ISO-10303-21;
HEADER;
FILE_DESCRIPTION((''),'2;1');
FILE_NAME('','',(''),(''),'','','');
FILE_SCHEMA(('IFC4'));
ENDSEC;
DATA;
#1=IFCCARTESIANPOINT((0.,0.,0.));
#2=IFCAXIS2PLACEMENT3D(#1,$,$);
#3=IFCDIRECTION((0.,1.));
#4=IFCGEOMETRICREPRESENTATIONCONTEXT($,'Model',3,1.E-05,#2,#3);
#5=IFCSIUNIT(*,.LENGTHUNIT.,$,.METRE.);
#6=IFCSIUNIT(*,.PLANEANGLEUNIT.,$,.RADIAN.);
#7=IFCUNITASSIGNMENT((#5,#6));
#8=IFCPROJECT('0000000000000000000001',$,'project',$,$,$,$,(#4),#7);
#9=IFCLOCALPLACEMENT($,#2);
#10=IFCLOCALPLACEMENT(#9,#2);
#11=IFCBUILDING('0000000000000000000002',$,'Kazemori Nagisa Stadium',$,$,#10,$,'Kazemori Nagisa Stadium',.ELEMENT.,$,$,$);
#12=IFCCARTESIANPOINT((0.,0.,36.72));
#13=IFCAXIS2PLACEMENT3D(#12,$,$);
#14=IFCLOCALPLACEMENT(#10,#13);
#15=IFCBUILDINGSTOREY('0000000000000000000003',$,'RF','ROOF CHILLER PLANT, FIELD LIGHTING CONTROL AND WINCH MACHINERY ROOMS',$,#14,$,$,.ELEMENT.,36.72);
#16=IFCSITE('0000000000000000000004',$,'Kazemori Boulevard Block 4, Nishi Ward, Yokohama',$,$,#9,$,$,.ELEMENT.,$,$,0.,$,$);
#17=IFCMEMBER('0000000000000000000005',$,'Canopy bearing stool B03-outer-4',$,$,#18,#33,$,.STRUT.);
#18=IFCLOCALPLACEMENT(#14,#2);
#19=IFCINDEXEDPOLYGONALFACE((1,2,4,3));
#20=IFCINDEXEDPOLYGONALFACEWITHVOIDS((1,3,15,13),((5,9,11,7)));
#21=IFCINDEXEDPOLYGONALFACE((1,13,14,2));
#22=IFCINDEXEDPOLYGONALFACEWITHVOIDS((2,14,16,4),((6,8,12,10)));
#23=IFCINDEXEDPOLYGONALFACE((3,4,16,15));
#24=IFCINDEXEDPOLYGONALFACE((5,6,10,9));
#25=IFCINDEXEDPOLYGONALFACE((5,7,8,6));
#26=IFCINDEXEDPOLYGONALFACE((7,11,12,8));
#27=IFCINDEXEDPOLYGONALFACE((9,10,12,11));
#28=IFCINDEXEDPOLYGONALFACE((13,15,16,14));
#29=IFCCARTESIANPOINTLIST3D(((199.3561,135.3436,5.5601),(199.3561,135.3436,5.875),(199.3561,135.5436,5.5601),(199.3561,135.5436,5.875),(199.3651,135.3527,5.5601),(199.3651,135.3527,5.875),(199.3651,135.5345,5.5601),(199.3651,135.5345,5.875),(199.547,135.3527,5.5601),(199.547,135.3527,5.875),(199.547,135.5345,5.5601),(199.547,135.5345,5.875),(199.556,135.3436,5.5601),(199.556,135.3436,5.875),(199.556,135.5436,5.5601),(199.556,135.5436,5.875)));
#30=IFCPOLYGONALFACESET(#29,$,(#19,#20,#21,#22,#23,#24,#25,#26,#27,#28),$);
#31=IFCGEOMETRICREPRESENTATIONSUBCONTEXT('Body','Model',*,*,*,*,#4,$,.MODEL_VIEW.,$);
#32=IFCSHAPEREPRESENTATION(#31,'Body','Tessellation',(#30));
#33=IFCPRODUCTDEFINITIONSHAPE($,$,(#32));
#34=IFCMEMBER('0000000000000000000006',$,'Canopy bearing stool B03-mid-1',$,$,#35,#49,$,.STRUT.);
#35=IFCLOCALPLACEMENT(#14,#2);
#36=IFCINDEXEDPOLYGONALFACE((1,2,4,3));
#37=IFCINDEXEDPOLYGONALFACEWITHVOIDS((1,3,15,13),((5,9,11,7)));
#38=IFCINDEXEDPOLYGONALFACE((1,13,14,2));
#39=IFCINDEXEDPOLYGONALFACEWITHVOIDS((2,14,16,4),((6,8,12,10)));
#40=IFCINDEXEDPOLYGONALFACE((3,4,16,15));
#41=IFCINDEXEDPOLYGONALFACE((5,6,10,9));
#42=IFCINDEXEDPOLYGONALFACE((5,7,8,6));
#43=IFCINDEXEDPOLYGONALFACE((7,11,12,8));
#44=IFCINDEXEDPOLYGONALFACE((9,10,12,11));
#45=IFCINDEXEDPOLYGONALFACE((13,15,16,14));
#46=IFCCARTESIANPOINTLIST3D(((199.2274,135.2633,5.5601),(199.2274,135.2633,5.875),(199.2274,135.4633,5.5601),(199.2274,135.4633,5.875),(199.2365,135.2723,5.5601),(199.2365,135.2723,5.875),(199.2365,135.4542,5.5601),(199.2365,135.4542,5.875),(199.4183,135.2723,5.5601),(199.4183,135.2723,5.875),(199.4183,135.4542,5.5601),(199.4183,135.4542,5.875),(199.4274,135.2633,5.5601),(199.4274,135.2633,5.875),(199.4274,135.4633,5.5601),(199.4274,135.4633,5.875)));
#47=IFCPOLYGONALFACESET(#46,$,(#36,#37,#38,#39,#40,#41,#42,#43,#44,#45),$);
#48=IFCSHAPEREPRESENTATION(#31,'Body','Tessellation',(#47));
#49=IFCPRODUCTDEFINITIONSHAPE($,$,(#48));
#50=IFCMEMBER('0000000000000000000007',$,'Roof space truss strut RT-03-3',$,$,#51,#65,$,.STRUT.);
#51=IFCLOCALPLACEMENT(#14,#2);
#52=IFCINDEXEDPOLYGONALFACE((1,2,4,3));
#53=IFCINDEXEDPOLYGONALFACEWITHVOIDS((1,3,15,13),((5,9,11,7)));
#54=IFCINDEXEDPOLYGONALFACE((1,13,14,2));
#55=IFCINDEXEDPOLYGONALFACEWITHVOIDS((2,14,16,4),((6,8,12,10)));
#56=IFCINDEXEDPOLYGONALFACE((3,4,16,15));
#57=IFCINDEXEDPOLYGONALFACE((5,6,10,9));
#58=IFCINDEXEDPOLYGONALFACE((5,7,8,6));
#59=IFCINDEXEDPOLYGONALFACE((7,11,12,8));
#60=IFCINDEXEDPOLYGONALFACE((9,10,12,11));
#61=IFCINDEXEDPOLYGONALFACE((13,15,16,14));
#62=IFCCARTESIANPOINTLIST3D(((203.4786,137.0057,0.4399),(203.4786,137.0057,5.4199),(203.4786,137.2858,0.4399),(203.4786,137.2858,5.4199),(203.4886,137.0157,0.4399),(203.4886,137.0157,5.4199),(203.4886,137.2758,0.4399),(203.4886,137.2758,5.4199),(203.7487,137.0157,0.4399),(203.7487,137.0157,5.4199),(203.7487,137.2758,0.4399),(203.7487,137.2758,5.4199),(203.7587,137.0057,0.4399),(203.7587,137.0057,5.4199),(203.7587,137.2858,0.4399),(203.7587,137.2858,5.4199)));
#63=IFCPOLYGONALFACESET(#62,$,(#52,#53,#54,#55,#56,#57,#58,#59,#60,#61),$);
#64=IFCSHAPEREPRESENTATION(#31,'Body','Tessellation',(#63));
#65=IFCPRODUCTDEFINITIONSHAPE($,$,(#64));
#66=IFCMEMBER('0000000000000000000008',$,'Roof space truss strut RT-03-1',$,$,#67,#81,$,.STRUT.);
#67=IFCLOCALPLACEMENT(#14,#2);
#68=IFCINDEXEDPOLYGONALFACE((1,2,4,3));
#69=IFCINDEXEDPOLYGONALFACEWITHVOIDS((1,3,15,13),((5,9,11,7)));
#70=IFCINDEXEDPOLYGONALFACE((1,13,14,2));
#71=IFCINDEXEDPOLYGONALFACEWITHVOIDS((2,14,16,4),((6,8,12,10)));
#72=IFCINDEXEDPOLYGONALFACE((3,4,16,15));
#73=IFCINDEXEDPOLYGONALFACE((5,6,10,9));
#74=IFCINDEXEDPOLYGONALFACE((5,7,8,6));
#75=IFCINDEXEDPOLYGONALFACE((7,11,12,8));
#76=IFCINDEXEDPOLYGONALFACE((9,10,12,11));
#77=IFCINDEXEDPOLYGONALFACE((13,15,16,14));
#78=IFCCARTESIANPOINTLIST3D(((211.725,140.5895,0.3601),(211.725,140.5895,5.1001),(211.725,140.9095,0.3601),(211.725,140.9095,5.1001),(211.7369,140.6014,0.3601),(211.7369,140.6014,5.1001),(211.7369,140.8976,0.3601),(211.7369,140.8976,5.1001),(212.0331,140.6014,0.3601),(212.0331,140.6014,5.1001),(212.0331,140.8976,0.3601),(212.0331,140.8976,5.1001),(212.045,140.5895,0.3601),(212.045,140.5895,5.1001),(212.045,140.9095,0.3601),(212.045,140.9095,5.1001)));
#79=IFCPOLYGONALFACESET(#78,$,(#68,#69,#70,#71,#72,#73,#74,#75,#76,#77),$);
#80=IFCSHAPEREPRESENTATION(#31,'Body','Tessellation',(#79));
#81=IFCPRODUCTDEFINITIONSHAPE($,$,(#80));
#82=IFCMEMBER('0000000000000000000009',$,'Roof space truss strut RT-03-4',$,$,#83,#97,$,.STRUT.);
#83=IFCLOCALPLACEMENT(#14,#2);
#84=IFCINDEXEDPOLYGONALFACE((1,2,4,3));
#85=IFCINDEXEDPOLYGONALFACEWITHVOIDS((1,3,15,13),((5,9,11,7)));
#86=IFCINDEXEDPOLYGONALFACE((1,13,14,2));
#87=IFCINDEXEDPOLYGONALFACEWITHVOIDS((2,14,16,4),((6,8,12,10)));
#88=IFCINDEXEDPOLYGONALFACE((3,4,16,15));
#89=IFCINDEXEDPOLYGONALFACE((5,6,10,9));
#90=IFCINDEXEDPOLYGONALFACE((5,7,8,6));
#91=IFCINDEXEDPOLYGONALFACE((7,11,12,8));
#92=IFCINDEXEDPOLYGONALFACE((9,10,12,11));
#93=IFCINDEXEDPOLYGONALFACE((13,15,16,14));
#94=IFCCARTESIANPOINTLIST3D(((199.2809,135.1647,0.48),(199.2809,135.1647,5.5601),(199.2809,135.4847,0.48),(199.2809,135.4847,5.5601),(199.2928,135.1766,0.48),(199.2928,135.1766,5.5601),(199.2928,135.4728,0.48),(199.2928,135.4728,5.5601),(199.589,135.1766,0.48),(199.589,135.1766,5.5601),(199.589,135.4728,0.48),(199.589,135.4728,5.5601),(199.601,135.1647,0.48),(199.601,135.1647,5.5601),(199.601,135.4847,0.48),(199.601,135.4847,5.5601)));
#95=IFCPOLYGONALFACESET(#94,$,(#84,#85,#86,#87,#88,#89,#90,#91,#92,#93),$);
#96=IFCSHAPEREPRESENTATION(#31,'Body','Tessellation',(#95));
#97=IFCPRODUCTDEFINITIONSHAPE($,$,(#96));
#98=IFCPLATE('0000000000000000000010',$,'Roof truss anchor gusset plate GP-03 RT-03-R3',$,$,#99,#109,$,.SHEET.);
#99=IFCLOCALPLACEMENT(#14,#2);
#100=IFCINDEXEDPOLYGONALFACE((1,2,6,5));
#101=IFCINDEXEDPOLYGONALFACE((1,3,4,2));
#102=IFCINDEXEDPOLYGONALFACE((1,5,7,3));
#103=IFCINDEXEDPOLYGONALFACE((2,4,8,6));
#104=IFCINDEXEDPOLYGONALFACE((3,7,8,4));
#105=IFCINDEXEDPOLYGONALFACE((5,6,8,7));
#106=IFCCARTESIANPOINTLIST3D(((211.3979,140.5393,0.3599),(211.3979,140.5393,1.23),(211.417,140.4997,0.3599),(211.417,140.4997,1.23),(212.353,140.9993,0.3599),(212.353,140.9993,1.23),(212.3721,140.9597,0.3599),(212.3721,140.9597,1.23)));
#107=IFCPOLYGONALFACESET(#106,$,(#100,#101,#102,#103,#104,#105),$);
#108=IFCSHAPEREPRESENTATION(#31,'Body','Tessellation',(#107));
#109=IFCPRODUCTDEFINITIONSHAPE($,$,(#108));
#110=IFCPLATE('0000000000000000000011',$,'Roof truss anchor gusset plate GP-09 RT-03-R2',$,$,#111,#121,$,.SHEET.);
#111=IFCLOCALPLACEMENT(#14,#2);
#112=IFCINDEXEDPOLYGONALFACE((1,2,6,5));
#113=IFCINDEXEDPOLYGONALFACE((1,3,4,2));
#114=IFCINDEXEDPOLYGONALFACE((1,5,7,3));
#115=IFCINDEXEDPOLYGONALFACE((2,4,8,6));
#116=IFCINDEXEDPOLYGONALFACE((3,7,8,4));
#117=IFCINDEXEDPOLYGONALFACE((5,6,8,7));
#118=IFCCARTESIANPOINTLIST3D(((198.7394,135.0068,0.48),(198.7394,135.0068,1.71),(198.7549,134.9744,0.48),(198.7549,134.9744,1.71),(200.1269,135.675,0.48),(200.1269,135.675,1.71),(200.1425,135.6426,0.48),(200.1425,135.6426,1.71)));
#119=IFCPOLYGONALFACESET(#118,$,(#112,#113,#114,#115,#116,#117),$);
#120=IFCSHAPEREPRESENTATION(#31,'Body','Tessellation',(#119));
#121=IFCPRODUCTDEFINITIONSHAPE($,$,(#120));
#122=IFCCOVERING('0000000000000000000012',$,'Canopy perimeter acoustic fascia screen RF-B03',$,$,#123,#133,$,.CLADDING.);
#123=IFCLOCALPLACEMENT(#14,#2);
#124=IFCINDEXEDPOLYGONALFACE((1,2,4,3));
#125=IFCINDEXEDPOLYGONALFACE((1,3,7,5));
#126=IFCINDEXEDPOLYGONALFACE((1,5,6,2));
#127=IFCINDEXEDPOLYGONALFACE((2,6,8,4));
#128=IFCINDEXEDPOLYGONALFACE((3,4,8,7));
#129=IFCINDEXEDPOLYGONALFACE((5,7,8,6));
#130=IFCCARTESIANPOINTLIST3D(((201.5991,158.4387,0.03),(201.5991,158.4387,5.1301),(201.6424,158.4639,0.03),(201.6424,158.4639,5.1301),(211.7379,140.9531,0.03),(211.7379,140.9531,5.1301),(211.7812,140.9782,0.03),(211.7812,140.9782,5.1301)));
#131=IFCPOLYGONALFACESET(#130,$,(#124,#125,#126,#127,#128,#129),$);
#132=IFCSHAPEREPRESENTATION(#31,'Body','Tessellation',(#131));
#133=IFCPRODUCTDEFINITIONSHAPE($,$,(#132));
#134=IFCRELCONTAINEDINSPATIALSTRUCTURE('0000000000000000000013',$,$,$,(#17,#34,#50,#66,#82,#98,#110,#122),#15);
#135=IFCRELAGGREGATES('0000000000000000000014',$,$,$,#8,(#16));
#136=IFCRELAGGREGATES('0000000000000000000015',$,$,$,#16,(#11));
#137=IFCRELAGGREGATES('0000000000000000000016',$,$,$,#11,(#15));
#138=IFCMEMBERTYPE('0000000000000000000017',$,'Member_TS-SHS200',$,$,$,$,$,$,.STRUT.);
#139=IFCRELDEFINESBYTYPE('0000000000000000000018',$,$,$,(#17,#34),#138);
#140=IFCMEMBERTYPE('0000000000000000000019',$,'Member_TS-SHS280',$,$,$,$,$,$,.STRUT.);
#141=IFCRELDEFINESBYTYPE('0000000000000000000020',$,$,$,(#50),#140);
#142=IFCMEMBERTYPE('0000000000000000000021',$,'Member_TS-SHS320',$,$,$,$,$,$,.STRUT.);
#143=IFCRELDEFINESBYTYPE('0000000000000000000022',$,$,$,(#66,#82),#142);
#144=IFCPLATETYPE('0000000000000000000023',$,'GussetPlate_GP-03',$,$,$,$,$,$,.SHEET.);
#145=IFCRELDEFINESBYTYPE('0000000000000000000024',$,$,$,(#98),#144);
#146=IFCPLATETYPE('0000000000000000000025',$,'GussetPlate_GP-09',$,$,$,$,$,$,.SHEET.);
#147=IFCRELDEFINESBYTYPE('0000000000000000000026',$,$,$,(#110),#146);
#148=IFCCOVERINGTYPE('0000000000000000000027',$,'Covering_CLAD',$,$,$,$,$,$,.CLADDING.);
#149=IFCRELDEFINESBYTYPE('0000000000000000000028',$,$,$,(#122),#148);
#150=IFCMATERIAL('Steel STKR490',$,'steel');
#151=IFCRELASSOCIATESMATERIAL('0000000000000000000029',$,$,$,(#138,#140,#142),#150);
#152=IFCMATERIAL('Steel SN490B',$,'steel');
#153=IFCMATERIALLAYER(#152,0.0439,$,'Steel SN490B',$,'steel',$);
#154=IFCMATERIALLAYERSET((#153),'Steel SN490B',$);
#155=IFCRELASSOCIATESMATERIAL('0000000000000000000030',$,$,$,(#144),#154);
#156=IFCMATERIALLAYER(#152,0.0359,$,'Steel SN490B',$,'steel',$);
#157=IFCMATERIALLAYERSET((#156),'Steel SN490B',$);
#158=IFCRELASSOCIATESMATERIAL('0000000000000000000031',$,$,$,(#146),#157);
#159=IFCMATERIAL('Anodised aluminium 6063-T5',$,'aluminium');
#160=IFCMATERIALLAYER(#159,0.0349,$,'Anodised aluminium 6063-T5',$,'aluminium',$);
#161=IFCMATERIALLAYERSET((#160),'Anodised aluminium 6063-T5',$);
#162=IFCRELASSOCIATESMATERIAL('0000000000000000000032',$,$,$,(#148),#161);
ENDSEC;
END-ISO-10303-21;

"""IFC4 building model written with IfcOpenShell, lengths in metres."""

from ifc_helpers import new_model, si_unit, direction, frame, origin, origin_2d, place, context, subcontext, project, spatial, rectangle, hollow_rectangle, extrude, material, layer, layer_set, material_profile, profile_set, type_object, element, save


model = new_model("IFC4")

# Units and contexts
model_context = context("Model", 3, precision=1e-05, world=origin(), true_north=direction((0.0, 1.0)))
body_context = subcontext(model_context, "Body", "Model", "MODEL_VIEW")
ifc_project = project(units=[si_unit("LENGTHUNIT", "METRE"), si_unit("PLANEANGLEUNIT", "RADIAN")], contexts=[model_context])

# Site, building, storey
site_placement = place(None, origin())
site = spatial("IfcSite", under=ifc_project, at=site_placement, Name="Kazemori Boulevard Block 4, Nishi Ward, Yokohama", CompositionType="ELEMENT", RefElevation=0.0)
building_placement = place(site_placement, origin())
building = spatial("IfcBuilding", under=site, at=building_placement, Name="Kazemori Nagisa Stadium", LongName="Kazemori Nagisa Stadium", CompositionType="ELEMENT")
storey_placement = place(building_placement, frame((0.0, 0.0, 36.72)))
storey = spatial("IfcBuildingStorey", under=building, at=storey_placement, Name="RF", Description="ROOF CHILLER PLANT, FIELD LIGHTING CONTROL AND WINCH MACHINERY ROOMS", CompositionType="ELEMENT", Elevation=36.72)

# Shared definitions
ifc_material_1 = material(Name="Steel SN490B", Category="steel")

# Members
ifc_material_2 = material(Name="Steel STKR490", Category="steel")
ifc_material_profile_1 = material_profile(ifc_material_2, hollow_rectangle(XDim=0.2, YDim=0.2, WallThickness=0.009, at=origin_2d()), Name="SHS-200x200x9")
ifc_profile_set_1 = profile_set([ifc_material_profile_1], Name="Steel STKR490")
member_type_1 = type_object("IfcMemberType", Name="Member_TS-SHS200", PredefinedType="STRUT", material=ifc_profile_set_1)
for number, where, z_axis, x_axis, name in (
    (1, (199.4561, 135.4436, 5.5601), (0.0, 0.0, 1.0), (1.0, 0.0, 0.0), "Canopy bearing stool B03-outer-4"),
    (2, (199.3274, 135.3633, 5.5601), (0.0, 0.0, 1.0), (1.0, 0.0, 0.0), "Canopy bearing stool B03-mid-1"),
):
    element("IfcMember", number, at=place(storey_placement, frame(where, z_axis=z_axis, x_axis=x_axis)), inside=storey, type_object=member_type_1, Name=name, PredefinedType="STRUT", context=body_context, shape_type="SweptSolid", body=[
        extrude(hollow_rectangle(XDim=0.2, YDim=0.2, WallThickness=0.009, at=origin_2d()), origin(), (0.0, 0.0, 1.0), 0.3149),
    ])
ifc_material_profile_2 = material_profile(ifc_material_2, hollow_rectangle(XDim=0.28, YDim=0.28, WallThickness=0.01, at=origin_2d()), Name="SHS-280x280x10")
ifc_profile_set_2 = profile_set([ifc_material_profile_2], Name="Steel STKR490")
member_type_2 = type_object("IfcMemberType", Name="Member_TS-SHS280", PredefinedType="STRUT", material=ifc_profile_set_2)
member_1_placement = place(storey_placement, frame((203.6187, 137.1458, 0.4399), z_axis=(0.0, 0.0, 1.0), x_axis=(1.0, 0.0, 0.0)))
element("IfcMember", 3, at=member_1_placement, inside=storey, type_object=member_type_2, Name="Roof space truss strut RT-03-3", PredefinedType="STRUT", context=body_context, shape_type="SweptSolid", body=[
    extrude(hollow_rectangle(XDim=0.28, YDim=0.28, WallThickness=0.01, at=origin_2d()), origin(), (0.0, 0.0, 1.0), 4.98),
])
ifc_material_profile_3 = material_profile(ifc_material_2, hollow_rectangle(XDim=0.3201, YDim=0.3201, WallThickness=0.012, at=origin_2d()), Name="SHS-320x320x12")
ifc_profile_set_3 = profile_set([ifc_material_profile_3], Name="Steel STKR490")
member_type_3 = type_object("IfcMemberType", Name="Member_TS-SHS320", PredefinedType="STRUT", material=ifc_profile_set_3)
member_2_placement = place(storey_placement, frame((211.885, 140.7495, 0.3601), z_axis=(0.0, 0.0, 1.0), x_axis=(1.0, 0.0, 0.0)))
element("IfcMember", 4, at=member_2_placement, inside=storey, type_object=member_type_3, Name="Roof space truss strut RT-03-1", PredefinedType="STRUT", context=body_context, shape_type="SweptSolid", body=[
    extrude(hollow_rectangle(XDim=0.3201, YDim=0.3201, WallThickness=0.012, at=origin_2d()), origin(), (0.0, 0.0, 1.0), 4.74),
])
member_3_placement = place(storey_placement, frame((199.4409, 135.3247, 0.48), z_axis=(0.0, 0.0, 1.0), x_axis=(1.0, 0.0, 0.0)))
element("IfcMember", 5, at=member_3_placement, inside=storey, type_object=member_type_3, Name="Roof space truss strut RT-03-4", PredefinedType="STRUT", context=body_context, shape_type="SweptSolid", body=[
    extrude(hollow_rectangle(XDim=0.3201, YDim=0.3201, WallThickness=0.012, at=origin_2d()), origin(), (0.0, 0.0, 1.0), 5.0801),
])

# Plates
ifc_layer_1 = layer(ifc_material_1, 0.0439, Name="Steel SN490B", Category="steel")
ifc_layer_set_1 = layer_set([ifc_layer_1], Name="Steel SN490B")
plate_type_1 = type_object("IfcPlateType", Name="GussetPlate_GP-03", PredefinedType="SHEET", material=ifc_layer_set_1)
plate_1_placement = place(storey_placement, frame((211.885, 140.7495, 0.3599), z_axis=(0.0, 0.0, 1.0), x_axis=(0.900969, 0.433884, 0.0)))
element("IfcPlate", 6, at=plate_1_placement, inside=storey, type_object=plate_type_1, Name="Roof truss anchor gusset plate GP-03 RT-03-R3", PredefinedType="SHEET", context=body_context, shape_type="SweptSolid", body=[
    extrude(rectangle(XDim=1.0601, YDim=0.0439, at=origin_2d()), origin(), (0.0, 0.0, 1.0), 0.8701),
])
ifc_layer_2 = layer(ifc_material_1, 0.0359, Name="Steel SN490B", Category="steel")
ifc_layer_set_2 = layer_set([ifc_layer_2], Name="Steel SN490B")
plate_type_2 = type_object("IfcPlateType", Name="GussetPlate_GP-09", PredefinedType="SHEET", material=ifc_layer_set_2)
plate_2_placement = place(storey_placement, frame((199.4409, 135.3247, 0.48), z_axis=(0.0, 0.0, 1.0), x_axis=(0.900969, 0.433884, 0.0)))
element("IfcPlate", 7, at=plate_2_placement, inside=storey, type_object=plate_type_2, Name="Roof truss anchor gusset plate GP-09 RT-03-R2", PredefinedType="SHEET", context=body_context, shape_type="SweptSolid", body=[
    extrude(rectangle(XDim=1.54, YDim=0.0359, at=origin_2d()), origin(), (0.0, 0.0, 1.0), 1.23),
])

# Covering
ifc_material_3 = material(Name="Anodised aluminium 6063-T5", Category="aluminium")
ifc_layer_3 = layer(ifc_material_3, 0.0349, Name="Anodised aluminium 6063-T5", Category="aluminium")
ifc_layer_set_3 = layer_set([ifc_layer_3], Name="Anodised aluminium 6063-T5")
covering_type = type_object("IfcCoveringType", Name="Covering_CLAD", PredefinedType="CLADDING", material=ifc_layer_set_3)
covering_placement = place(storey_placement, frame((206.6902, 149.7085, 0.03), z_axis=(0.0, 0.0, 1.0), x_axis=(-0.501612, 0.865093, 0.0)))
element("IfcCovering", 8, at=covering_placement, inside=storey, type_object=covering_type, Name="Canopy perimeter acoustic fascia screen RF-B03", PredefinedType="CLADDING", context=body_context, shape_type="SweptSolid", body=[
    extrude(rectangle(XDim=20.2124, YDim=0.05, at=origin_2d()), origin(), (0.0, 0.0, 1.0), 5.1001),
])

save(model, "model.ifc")
